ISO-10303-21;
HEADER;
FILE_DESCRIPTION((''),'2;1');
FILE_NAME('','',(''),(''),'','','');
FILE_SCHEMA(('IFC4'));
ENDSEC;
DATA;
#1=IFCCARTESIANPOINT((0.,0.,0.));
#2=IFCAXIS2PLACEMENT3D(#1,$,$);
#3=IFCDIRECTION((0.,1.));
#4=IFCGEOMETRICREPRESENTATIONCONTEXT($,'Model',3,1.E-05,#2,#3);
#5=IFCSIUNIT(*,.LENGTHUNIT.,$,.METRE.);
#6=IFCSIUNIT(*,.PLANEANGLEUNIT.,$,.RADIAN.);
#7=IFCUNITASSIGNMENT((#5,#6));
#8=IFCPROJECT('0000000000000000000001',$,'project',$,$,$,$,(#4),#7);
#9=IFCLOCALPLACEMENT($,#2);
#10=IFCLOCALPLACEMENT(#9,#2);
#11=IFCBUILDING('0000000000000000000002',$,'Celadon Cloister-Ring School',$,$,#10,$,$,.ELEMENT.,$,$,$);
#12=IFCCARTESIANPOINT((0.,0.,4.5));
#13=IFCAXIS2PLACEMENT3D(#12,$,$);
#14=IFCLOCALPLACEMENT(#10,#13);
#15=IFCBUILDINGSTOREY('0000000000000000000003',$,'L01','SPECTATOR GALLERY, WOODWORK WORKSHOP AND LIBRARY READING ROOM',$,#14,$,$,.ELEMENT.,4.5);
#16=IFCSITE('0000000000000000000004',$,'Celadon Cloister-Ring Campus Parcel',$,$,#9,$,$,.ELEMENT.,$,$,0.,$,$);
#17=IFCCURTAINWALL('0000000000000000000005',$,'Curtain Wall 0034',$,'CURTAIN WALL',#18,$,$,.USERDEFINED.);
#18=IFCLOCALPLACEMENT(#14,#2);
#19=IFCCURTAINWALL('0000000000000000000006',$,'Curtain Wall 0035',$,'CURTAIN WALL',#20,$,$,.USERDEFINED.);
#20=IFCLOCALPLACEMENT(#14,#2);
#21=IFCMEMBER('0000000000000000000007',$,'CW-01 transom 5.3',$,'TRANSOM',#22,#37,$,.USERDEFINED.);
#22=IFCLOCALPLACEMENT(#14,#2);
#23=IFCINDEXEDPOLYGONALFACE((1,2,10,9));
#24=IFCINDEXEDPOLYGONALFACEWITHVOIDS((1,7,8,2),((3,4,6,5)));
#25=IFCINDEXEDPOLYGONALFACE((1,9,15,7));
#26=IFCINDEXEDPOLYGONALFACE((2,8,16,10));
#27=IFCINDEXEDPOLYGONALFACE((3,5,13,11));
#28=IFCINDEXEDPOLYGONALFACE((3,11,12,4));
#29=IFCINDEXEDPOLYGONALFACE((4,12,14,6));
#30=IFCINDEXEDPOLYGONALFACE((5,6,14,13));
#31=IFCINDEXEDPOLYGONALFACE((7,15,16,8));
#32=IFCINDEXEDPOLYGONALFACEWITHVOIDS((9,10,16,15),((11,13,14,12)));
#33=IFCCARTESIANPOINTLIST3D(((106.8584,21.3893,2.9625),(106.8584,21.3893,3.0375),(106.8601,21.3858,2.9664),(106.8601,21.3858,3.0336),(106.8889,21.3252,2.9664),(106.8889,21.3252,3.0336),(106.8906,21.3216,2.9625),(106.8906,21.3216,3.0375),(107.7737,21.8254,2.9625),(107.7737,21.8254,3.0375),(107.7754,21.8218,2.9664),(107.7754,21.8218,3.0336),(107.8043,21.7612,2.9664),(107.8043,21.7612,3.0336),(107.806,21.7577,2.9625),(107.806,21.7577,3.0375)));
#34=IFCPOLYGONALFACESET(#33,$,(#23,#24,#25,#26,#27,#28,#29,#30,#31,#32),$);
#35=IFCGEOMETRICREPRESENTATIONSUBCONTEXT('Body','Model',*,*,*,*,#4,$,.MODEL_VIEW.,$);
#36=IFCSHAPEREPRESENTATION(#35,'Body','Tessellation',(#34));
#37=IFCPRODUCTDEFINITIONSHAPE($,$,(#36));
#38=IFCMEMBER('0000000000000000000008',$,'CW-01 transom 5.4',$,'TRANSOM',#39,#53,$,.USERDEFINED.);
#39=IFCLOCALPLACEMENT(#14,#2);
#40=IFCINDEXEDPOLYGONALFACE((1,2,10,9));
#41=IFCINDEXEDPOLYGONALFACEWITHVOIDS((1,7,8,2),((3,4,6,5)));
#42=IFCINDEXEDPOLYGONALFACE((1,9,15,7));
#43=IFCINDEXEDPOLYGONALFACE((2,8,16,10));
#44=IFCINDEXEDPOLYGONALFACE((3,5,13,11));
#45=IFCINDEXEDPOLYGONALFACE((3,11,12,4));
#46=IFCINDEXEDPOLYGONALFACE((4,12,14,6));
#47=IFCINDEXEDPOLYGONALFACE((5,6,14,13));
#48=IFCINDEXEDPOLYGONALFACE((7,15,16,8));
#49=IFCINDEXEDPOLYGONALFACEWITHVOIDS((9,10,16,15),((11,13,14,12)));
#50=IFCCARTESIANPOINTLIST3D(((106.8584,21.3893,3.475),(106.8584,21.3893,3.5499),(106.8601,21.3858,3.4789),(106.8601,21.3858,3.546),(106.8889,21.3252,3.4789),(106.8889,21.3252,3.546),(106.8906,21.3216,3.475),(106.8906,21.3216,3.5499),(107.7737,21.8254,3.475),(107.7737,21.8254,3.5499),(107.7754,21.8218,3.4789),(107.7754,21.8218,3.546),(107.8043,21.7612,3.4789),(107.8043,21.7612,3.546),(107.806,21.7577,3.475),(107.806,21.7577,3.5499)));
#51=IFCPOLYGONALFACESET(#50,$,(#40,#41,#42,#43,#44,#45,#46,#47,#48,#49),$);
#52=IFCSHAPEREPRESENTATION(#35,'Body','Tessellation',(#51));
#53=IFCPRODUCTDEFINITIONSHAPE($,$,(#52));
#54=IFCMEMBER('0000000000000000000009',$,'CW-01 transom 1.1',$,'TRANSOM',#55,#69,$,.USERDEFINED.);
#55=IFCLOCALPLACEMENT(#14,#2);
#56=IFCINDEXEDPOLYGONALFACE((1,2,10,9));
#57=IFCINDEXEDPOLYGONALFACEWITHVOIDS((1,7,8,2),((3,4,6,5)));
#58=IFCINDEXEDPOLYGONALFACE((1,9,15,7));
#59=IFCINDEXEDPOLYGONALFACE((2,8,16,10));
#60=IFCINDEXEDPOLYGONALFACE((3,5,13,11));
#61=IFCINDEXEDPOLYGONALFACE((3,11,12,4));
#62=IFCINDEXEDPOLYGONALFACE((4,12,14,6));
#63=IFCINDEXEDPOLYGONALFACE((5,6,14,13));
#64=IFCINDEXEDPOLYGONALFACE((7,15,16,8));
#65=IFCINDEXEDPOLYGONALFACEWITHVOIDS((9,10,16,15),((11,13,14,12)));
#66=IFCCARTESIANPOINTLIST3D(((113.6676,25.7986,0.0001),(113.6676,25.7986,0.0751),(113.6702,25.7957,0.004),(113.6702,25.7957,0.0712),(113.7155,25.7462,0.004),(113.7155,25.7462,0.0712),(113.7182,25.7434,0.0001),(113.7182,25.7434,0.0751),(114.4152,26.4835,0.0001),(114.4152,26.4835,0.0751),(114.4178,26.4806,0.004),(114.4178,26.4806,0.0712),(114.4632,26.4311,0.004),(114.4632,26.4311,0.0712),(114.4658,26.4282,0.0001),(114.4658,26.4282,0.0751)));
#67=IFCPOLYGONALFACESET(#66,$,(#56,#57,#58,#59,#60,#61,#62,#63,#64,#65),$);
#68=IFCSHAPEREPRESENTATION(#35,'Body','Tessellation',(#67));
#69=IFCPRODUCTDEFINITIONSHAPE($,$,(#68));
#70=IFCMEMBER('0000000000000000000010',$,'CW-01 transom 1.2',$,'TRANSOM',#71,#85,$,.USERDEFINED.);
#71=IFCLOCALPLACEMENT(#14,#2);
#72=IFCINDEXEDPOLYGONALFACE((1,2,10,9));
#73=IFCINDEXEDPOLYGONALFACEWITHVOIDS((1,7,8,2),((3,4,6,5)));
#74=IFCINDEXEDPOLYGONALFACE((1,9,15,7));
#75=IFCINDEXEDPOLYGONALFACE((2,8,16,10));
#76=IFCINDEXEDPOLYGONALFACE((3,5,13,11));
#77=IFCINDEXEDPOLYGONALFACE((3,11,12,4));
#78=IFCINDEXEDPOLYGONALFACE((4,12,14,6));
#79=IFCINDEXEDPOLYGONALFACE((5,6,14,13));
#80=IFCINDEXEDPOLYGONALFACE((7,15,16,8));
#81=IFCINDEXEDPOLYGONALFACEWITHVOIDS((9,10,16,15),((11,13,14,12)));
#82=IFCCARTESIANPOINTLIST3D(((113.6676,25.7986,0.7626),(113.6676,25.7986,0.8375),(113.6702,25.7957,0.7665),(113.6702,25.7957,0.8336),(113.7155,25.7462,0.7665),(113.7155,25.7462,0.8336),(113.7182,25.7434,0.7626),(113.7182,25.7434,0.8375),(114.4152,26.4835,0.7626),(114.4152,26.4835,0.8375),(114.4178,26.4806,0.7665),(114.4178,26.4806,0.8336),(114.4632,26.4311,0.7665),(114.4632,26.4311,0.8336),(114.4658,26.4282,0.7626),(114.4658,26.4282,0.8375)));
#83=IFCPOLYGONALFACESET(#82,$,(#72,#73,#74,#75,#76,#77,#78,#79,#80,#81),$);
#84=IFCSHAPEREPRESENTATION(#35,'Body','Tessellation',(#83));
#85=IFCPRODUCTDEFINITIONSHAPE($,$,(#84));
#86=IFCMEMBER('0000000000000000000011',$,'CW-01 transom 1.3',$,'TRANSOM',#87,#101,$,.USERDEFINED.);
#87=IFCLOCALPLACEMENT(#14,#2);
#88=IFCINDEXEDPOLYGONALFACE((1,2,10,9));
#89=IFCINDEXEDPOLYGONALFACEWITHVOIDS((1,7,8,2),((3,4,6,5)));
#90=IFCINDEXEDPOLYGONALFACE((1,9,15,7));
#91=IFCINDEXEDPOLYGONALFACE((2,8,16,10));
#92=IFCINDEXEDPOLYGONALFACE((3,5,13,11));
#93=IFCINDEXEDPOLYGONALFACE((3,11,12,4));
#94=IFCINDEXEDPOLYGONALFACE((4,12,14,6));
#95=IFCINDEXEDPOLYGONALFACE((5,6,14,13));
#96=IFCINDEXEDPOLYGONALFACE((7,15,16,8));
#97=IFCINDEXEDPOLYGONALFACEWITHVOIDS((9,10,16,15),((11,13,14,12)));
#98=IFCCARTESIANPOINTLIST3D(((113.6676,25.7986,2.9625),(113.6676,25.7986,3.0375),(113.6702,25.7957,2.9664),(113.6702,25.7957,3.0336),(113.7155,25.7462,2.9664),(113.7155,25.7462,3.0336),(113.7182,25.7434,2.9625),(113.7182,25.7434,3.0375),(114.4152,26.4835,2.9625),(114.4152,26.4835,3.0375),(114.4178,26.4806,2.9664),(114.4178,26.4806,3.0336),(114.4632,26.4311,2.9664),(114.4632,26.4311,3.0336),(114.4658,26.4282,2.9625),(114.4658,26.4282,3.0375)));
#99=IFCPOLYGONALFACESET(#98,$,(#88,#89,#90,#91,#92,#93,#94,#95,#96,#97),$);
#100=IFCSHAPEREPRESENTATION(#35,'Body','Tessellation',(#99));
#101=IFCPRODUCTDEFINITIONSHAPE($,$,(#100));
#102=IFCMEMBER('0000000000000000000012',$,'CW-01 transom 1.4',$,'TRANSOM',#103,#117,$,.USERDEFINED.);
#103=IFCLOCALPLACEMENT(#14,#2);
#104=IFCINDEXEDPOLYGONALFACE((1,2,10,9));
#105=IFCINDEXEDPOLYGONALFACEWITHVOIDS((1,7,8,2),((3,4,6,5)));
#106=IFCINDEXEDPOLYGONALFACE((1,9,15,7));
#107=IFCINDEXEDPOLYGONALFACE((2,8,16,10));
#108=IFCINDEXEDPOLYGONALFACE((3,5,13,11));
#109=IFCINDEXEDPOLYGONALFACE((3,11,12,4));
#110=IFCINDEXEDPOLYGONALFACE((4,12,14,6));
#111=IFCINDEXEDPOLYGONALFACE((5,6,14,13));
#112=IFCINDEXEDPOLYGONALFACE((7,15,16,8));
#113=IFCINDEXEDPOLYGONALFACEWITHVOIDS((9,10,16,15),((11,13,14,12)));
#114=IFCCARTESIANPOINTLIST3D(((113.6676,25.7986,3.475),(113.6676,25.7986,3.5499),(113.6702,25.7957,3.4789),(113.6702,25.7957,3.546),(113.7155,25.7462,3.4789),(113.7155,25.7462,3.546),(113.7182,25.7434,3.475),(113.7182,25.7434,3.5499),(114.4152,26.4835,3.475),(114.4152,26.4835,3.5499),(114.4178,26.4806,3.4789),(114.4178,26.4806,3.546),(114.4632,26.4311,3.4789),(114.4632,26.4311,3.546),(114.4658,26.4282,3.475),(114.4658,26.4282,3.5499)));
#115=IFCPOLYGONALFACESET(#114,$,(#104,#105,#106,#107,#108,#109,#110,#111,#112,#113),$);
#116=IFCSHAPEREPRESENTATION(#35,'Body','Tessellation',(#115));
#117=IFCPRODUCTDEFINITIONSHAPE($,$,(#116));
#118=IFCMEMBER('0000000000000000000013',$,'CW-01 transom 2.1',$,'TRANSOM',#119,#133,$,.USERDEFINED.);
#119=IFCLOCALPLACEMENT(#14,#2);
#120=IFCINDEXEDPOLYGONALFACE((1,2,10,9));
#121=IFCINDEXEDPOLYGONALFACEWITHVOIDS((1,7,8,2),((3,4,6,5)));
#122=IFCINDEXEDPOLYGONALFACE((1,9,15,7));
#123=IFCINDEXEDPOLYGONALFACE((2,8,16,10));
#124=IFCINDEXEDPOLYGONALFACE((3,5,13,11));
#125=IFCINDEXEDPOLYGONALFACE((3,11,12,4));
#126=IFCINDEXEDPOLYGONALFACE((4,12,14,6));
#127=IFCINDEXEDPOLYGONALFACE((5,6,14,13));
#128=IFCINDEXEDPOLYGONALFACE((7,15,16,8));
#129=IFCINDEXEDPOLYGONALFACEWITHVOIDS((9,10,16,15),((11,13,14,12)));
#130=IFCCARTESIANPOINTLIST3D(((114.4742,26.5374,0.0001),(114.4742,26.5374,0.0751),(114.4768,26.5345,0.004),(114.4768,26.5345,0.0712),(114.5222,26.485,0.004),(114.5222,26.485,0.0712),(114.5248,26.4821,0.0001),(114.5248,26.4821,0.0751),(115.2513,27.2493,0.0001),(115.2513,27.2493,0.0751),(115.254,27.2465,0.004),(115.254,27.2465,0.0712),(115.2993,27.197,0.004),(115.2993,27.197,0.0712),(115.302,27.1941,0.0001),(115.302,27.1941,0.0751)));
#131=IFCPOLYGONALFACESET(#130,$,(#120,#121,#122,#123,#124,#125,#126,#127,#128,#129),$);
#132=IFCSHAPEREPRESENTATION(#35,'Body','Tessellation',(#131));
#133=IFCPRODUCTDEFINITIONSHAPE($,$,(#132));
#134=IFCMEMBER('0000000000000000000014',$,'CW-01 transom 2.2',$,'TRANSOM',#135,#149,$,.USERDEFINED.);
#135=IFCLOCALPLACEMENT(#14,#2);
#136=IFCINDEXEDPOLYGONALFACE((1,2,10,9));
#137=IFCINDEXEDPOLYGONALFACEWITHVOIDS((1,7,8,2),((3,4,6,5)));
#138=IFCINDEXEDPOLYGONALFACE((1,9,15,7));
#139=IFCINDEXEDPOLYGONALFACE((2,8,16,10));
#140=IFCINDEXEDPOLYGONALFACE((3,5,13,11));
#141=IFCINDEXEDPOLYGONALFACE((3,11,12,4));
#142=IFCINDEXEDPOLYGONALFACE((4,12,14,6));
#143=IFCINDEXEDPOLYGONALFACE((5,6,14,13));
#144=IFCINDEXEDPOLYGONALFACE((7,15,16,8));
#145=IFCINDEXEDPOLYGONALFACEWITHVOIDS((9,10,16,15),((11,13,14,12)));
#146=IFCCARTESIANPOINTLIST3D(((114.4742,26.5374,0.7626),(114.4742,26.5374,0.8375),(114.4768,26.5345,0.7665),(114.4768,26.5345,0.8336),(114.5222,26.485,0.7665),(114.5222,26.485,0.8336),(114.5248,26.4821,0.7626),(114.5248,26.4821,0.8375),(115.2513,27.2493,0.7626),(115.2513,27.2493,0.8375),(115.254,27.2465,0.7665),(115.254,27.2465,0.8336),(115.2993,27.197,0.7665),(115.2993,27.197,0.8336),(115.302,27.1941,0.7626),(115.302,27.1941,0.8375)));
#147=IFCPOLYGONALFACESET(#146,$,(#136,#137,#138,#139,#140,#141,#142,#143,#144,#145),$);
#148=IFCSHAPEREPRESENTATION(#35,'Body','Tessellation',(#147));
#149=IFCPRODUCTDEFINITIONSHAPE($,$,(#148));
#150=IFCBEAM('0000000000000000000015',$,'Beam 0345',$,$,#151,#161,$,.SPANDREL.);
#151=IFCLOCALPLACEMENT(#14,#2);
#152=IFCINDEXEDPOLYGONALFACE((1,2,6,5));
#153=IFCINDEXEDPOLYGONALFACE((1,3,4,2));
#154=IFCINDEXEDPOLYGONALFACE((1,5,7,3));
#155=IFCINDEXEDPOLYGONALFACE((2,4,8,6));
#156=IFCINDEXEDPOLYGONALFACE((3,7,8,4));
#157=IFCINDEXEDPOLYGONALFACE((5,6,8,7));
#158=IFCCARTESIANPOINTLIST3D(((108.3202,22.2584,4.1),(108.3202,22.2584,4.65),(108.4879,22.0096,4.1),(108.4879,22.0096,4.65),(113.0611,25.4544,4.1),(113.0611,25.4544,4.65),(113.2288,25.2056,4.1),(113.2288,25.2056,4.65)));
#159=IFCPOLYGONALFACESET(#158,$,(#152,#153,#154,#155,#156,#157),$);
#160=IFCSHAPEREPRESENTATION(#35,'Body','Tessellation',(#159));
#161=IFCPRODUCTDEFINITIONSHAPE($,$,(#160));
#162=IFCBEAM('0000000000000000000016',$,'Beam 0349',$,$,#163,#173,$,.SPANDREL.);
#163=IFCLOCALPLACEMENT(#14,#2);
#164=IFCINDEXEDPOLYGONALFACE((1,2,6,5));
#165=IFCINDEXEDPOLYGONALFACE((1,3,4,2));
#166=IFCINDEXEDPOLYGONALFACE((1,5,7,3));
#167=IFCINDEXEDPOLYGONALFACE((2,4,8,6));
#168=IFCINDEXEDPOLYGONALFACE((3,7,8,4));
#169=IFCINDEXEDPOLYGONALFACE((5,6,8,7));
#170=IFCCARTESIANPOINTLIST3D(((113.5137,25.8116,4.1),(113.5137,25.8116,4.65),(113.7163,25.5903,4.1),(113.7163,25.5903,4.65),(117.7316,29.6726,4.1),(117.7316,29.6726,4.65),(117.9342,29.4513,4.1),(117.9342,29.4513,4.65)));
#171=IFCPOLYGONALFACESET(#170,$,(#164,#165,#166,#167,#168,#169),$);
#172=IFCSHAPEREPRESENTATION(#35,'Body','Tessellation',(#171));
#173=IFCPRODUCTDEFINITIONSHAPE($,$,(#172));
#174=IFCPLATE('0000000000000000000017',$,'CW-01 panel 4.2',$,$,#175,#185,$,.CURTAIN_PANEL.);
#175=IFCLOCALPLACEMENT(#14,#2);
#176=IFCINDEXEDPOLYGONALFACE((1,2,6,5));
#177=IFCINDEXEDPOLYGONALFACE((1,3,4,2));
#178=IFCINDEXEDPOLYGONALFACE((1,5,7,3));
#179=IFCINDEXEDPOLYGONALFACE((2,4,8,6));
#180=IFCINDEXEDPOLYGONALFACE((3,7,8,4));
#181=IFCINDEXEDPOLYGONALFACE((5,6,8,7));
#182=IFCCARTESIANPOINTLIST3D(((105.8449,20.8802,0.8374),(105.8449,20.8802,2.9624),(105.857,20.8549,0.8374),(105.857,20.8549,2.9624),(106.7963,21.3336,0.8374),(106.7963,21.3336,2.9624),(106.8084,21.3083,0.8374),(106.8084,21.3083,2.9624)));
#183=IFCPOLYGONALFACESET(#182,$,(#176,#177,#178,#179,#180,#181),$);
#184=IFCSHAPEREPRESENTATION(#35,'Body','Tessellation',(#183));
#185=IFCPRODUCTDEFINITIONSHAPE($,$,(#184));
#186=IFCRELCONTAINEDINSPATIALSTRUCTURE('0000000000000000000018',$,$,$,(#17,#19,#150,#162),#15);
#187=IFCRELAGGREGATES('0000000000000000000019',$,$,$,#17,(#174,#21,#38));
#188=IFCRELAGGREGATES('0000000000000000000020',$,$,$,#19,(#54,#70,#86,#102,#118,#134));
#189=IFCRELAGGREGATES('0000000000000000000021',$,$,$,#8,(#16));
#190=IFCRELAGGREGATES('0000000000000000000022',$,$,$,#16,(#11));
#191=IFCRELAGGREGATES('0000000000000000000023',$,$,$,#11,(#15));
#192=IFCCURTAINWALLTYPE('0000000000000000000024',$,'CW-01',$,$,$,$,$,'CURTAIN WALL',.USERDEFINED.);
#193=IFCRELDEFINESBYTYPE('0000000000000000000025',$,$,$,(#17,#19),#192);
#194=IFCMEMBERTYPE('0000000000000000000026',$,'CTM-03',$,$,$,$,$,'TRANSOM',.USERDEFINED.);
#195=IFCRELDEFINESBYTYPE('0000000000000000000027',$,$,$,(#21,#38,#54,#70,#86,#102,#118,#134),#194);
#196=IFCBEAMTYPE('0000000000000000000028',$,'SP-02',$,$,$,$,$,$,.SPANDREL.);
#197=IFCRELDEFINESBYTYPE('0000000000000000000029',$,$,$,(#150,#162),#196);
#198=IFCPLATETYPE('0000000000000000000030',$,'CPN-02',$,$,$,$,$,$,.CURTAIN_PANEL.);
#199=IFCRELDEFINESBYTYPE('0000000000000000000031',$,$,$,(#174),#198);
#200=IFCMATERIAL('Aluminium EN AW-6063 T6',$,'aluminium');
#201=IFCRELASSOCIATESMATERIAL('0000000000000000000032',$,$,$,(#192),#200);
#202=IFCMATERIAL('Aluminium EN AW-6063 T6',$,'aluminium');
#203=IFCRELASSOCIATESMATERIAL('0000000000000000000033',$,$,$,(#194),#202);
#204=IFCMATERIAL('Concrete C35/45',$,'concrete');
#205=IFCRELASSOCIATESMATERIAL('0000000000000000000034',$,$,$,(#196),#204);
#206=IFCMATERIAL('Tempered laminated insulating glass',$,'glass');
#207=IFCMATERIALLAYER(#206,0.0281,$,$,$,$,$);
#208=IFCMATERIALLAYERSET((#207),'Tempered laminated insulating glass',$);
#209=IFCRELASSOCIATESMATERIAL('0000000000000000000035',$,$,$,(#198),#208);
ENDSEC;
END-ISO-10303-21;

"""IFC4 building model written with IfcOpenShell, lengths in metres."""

from ifc_helpers import new_model, si_unit, direction, frame, origin, origin_2d, place, context, subcontext, project, spatial, rectangle, hollow_rectangle, extrude, material, layer, layer_set, material_profile, profile_set, type_object, element, aggregate, save


model = new_model("IFC4")

# Units and contexts
model_context = context("Model", 3, precision=1e-05, world=origin(), true_north=direction((0.0, 1.0)))
body_context = subcontext(model_context, "Body", "Model", "MODEL_VIEW")
ifc_project = project(units=[si_unit("LENGTHUNIT", "METRE"), si_unit("PLANEANGLEUNIT", "RADIAN")], contexts=[model_context])

# Site, building, storey
site_placement = place(None, origin())
site = spatial("IfcSite", under=ifc_project, at=site_placement, Name="Celadon Cloister-Ring Campus Parcel", CompositionType="ELEMENT", RefElevation=0.0)
building_placement = place(site_placement, origin())
building = spatial("IfcBuilding", under=site, at=building_placement, Name="Celadon Cloister-Ring School", CompositionType="ELEMENT")
storey_placement = place(building_placement, frame((0.0, 0.0, 4.5)))
storey = spatial("IfcBuildingStorey", under=building, at=storey_placement, Name="L01", Description="SPECTATOR GALLERY, WOODWORK WORKSHOP AND LIBRARY READING ROOM", CompositionType="ELEMENT", Elevation=4.5)

# Curtain walls
ifc_material_1 = material(Name="Aluminium EN AW-6063 T6", Category="aluminium")
curtain_wall_type = type_object("IfcCurtainWallType", Name="CW-01", ElementType="CURTAIN WALL", PredefinedType="USERDEFINED", material=ifc_material_1)
curtain_wall_1_placement = place(storey_placement, origin())
curtain_wall_1 = element("IfcCurtainWall", 1, at=curtain_wall_1_placement, inside=storey, type_object=curtain_wall_type, Name="Curtain Wall 0034", ObjectType="CURTAIN WALL", PredefinedType="USERDEFINED")
curtain_wall_2_placement = place(storey_placement, origin())
curtain_wall_2 = element("IfcCurtainWall", 2, at=curtain_wall_2_placement, inside=storey, type_object=curtain_wall_type, Name="Curtain Wall 0035", ObjectType="CURTAIN WALL", PredefinedType="USERDEFINED")

# Members
ifc_material_2 = material(Name="Aluminium EN AW-6063 T6", Category="aluminium")
ifc_material_profile_1 = material_profile(ifc_material_2, hollow_rectangle(XDim=0.075, YDim=0.075, WallThickness=0.0039, at=origin_2d()), Name="RHS75X75X4")
ifc_profile_set_1 = profile_set([ifc_material_profile_1], Name="Aluminium EN AW-6063 T6")
member_type_1 = type_object("IfcMemberType", Name="CTM-03", ElementType="TRANSOM", PredefinedType="USERDEFINED", material=ifc_profile_set_1)
member_1_placement = place(storey_placement, frame((106.8745, 21.3555, 3.0), z_axis=(0.902789, 0.430083, 0.0), x_axis=(-0.430083, 0.902789, 0.0)))
member_1 = element("IfcMember", 3, at=member_1_placement, type_object=member_type_1, Name="CW-01 transom 5.3", ObjectType="TRANSOM", PredefinedType="USERDEFINED", context=body_context, shape_type="SweptSolid", body=[
    extrude(hollow_rectangle(XDim=0.075, YDim=0.075, WallThickness=0.0039, at=origin_2d()), origin(), (0.0, 0.0, 1.0), 1.0139),
])
member_2_placement = place(storey_placement, frame((106.8745, 21.3555, 3.5125), z_axis=(0.902789, 0.430083, 0.0), x_axis=(-0.430083, 0.902789, 0.0)))
member_2 = element("IfcMember", 4, at=member_2_placement, type_object=member_type_1, Name="CW-01 transom 5.4", ObjectType="TRANSOM", PredefinedType="USERDEFINED", context=body_context, shape_type="SweptSolid", body=[
    extrude(hollow_rectangle(XDim=0.075, YDim=0.075, WallThickness=0.0039, at=origin_2d()), origin(), (0.0, 0.0, 1.0), 1.0139),
])
member_3_placement = place(storey_placement, frame((113.6929, 25.771, 0.0376), z_axis=(0.737374, 0.675485, 0.0), x_axis=(-0.675485, 0.737374, 0.0)))
member_3 = element("IfcMember", 5, at=member_3_placement, type_object=member_type_1, Name="CW-01 transom 1.1", ObjectType="TRANSOM", PredefinedType="USERDEFINED", context=body_context, shape_type="SweptSolid", body=[
    extrude(hollow_rectangle(XDim=0.075, YDim=0.075, WallThickness=0.0039, at=origin_2d()), origin(), (0.0, 0.0, 1.0), 1.0139),
])
member_4_placement = place(storey_placement, frame((113.6929, 25.771, 0.8), z_axis=(0.737374, 0.675485, 0.0), x_axis=(-0.675485, 0.737374, 0.0)))
member_4 = element("IfcMember", 6, at=member_4_placement, type_object=member_type_1, Name="CW-01 transom 1.2", ObjectType="TRANSOM", PredefinedType="USERDEFINED", context=body_context, shape_type="SweptSolid", body=[
    extrude(hollow_rectangle(XDim=0.075, YDim=0.075, WallThickness=0.0039, at=origin_2d()), origin(), (0.0, 0.0, 1.0), 1.0139),
])
member_5_placement = place(storey_placement, frame((113.6929, 25.771, 3.0), z_axis=(0.737374, 0.675485, 0.0), x_axis=(-0.675485, 0.737374, 0.0)))
member_5 = element("IfcMember", 7, at=member_5_placement, type_object=member_type_1, Name="CW-01 transom 1.3", ObjectType="TRANSOM", PredefinedType="USERDEFINED", context=body_context, shape_type="SweptSolid", body=[
    extrude(hollow_rectangle(XDim=0.075, YDim=0.075, WallThickness=0.0039, at=origin_2d()), origin(), (0.0, 0.0, 1.0), 1.0139),
])
member_6_placement = place(storey_placement, frame((113.6929, 25.771, 3.5125), z_axis=(0.737374, 0.675485, 0.0), x_axis=(-0.675485, 0.737374, 0.0)))
member_6 = element("IfcMember", 8, at=member_6_placement, type_object=member_type_1, Name="CW-01 transom 1.4", ObjectType="TRANSOM", PredefinedType="USERDEFINED", context=body_context, shape_type="SweptSolid", body=[
    extrude(hollow_rectangle(XDim=0.075, YDim=0.075, WallThickness=0.0039, at=origin_2d()), origin(), (0.0, 0.0, 1.0), 1.0139),
])
member_7_placement = place(storey_placement, frame((114.4995, 26.5098, 0.0376), z_axis=(0.737356, 0.675504, 0.0), x_axis=(-0.675504, 0.737356, 0.0)))
member_7 = element("IfcMember", 9, at=member_7_placement, type_object=member_type_1, Name="CW-01 transom 2.1", ObjectType="TRANSOM", PredefinedType="USERDEFINED", context=body_context, shape_type="SweptSolid", body=[
    extrude(hollow_rectangle(XDim=0.075, YDim=0.075, WallThickness=0.0039, at=origin_2d()), origin(), (0.0, 0.0, 1.0), 1.054),
])
member_8_placement = place(storey_placement, frame((114.4995, 26.5098, 0.8), z_axis=(0.737356, 0.675504, 0.0), x_axis=(-0.675504, 0.737356, 0.0)))
member_8 = element("IfcMember", 10, at=member_8_placement, type_object=member_type_1, Name="CW-01 transom 2.2", ObjectType="TRANSOM", PredefinedType="USERDEFINED", context=body_context, shape_type="SweptSolid", body=[
    extrude(hollow_rectangle(XDim=0.075, YDim=0.075, WallThickness=0.0039, at=origin_2d()), origin(), (0.0, 0.0, 1.0), 1.054),
])

# Beams
ifc_material_3 = material(Name="Concrete C35/45", Category="concrete")
ifc_material_profile_2 = material_profile(ifc_material_3, rectangle(XDim=0.3, YDim=0.55, at=origin_2d()), Name="RC300X550")
ifc_profile_set_2 = profile_set([ifc_material_profile_2], Name="Concrete C35/45")
beam_type = type_object("IfcBeamType", Name="SP-02", PredefinedType="SPANDREL", material=ifc_profile_set_2)
beam_1_placement = place(storey_placement, frame((108.4041, 22.134, 4.375), z_axis=(0.829182, 0.558979, 0.0), x_axis=(-0.558979, 0.829182, 0.0)))
element("IfcBeam", 11, at=beam_1_placement, inside=storey, type_object=beam_type, Name="Beam 0345", PredefinedType="SPANDREL", context=body_context, shape_type="SweptSolid", body=[
    extrude(rectangle(XDim=0.3, YDim=0.55, at=origin_2d()), origin(), (0.0, 0.0, 1.0), 5.7175),
])
beam_2_placement = place(storey_placement, frame((113.615, 25.7009, 4.375), z_axis=(0.737627, 0.675208, 0.0), x_axis=(-0.675208, 0.737627, 0.0)))
element("IfcBeam", 12, at=beam_2_placement, inside=storey, type_object=beam_type, Name="Beam 0349", PredefinedType="SPANDREL", context=body_context, shape_type="SweptSolid", body=[
    extrude(rectangle(XDim=0.3, YDim=0.55, at=origin_2d()), origin(), (0.0, 0.0, 1.0), 5.7183),
])

# Plate
ifc_material_4 = material(Name="Tempered laminated insulating glass", Category="glass")
ifc_layer_1 = layer(ifc_material_4, 0.0281)
ifc_layer_set_1 = layer_set([ifc_layer_1], Name="Tempered laminated insulating glass")
plate_type = type_object("IfcPlateType", Name="CPN-02", PredefinedType="CURTAIN_PANEL", material=ifc_layer_set_1)
plate_1_placement = place(storey_placement, frame((106.3267, 21.0942, 0.8374), z_axis=(0.0, 0.0, 1.0), x_axis=(0.902733, 0.430201, 0.0)))
plate_1 = element("IfcPlate", 13, at=plate_1_placement, type_object=plate_type, Name="CW-01 panel 4.2", PredefinedType="CURTAIN_PANEL", context=body_context, shape_type="SweptSolid", body=[
    extrude(rectangle(XDim=1.054, YDim=0.0281, at=origin_2d()), origin(), (0.0, 0.0, 1.0), 2.125),
])
aggregate(curtain_wall_1, [plate_1, member_1, member_2])
aggregate(curtain_wall_2, [member_3, member_4, member_5, member_6, member_7, member_8])

save(model, "model.ifc")
